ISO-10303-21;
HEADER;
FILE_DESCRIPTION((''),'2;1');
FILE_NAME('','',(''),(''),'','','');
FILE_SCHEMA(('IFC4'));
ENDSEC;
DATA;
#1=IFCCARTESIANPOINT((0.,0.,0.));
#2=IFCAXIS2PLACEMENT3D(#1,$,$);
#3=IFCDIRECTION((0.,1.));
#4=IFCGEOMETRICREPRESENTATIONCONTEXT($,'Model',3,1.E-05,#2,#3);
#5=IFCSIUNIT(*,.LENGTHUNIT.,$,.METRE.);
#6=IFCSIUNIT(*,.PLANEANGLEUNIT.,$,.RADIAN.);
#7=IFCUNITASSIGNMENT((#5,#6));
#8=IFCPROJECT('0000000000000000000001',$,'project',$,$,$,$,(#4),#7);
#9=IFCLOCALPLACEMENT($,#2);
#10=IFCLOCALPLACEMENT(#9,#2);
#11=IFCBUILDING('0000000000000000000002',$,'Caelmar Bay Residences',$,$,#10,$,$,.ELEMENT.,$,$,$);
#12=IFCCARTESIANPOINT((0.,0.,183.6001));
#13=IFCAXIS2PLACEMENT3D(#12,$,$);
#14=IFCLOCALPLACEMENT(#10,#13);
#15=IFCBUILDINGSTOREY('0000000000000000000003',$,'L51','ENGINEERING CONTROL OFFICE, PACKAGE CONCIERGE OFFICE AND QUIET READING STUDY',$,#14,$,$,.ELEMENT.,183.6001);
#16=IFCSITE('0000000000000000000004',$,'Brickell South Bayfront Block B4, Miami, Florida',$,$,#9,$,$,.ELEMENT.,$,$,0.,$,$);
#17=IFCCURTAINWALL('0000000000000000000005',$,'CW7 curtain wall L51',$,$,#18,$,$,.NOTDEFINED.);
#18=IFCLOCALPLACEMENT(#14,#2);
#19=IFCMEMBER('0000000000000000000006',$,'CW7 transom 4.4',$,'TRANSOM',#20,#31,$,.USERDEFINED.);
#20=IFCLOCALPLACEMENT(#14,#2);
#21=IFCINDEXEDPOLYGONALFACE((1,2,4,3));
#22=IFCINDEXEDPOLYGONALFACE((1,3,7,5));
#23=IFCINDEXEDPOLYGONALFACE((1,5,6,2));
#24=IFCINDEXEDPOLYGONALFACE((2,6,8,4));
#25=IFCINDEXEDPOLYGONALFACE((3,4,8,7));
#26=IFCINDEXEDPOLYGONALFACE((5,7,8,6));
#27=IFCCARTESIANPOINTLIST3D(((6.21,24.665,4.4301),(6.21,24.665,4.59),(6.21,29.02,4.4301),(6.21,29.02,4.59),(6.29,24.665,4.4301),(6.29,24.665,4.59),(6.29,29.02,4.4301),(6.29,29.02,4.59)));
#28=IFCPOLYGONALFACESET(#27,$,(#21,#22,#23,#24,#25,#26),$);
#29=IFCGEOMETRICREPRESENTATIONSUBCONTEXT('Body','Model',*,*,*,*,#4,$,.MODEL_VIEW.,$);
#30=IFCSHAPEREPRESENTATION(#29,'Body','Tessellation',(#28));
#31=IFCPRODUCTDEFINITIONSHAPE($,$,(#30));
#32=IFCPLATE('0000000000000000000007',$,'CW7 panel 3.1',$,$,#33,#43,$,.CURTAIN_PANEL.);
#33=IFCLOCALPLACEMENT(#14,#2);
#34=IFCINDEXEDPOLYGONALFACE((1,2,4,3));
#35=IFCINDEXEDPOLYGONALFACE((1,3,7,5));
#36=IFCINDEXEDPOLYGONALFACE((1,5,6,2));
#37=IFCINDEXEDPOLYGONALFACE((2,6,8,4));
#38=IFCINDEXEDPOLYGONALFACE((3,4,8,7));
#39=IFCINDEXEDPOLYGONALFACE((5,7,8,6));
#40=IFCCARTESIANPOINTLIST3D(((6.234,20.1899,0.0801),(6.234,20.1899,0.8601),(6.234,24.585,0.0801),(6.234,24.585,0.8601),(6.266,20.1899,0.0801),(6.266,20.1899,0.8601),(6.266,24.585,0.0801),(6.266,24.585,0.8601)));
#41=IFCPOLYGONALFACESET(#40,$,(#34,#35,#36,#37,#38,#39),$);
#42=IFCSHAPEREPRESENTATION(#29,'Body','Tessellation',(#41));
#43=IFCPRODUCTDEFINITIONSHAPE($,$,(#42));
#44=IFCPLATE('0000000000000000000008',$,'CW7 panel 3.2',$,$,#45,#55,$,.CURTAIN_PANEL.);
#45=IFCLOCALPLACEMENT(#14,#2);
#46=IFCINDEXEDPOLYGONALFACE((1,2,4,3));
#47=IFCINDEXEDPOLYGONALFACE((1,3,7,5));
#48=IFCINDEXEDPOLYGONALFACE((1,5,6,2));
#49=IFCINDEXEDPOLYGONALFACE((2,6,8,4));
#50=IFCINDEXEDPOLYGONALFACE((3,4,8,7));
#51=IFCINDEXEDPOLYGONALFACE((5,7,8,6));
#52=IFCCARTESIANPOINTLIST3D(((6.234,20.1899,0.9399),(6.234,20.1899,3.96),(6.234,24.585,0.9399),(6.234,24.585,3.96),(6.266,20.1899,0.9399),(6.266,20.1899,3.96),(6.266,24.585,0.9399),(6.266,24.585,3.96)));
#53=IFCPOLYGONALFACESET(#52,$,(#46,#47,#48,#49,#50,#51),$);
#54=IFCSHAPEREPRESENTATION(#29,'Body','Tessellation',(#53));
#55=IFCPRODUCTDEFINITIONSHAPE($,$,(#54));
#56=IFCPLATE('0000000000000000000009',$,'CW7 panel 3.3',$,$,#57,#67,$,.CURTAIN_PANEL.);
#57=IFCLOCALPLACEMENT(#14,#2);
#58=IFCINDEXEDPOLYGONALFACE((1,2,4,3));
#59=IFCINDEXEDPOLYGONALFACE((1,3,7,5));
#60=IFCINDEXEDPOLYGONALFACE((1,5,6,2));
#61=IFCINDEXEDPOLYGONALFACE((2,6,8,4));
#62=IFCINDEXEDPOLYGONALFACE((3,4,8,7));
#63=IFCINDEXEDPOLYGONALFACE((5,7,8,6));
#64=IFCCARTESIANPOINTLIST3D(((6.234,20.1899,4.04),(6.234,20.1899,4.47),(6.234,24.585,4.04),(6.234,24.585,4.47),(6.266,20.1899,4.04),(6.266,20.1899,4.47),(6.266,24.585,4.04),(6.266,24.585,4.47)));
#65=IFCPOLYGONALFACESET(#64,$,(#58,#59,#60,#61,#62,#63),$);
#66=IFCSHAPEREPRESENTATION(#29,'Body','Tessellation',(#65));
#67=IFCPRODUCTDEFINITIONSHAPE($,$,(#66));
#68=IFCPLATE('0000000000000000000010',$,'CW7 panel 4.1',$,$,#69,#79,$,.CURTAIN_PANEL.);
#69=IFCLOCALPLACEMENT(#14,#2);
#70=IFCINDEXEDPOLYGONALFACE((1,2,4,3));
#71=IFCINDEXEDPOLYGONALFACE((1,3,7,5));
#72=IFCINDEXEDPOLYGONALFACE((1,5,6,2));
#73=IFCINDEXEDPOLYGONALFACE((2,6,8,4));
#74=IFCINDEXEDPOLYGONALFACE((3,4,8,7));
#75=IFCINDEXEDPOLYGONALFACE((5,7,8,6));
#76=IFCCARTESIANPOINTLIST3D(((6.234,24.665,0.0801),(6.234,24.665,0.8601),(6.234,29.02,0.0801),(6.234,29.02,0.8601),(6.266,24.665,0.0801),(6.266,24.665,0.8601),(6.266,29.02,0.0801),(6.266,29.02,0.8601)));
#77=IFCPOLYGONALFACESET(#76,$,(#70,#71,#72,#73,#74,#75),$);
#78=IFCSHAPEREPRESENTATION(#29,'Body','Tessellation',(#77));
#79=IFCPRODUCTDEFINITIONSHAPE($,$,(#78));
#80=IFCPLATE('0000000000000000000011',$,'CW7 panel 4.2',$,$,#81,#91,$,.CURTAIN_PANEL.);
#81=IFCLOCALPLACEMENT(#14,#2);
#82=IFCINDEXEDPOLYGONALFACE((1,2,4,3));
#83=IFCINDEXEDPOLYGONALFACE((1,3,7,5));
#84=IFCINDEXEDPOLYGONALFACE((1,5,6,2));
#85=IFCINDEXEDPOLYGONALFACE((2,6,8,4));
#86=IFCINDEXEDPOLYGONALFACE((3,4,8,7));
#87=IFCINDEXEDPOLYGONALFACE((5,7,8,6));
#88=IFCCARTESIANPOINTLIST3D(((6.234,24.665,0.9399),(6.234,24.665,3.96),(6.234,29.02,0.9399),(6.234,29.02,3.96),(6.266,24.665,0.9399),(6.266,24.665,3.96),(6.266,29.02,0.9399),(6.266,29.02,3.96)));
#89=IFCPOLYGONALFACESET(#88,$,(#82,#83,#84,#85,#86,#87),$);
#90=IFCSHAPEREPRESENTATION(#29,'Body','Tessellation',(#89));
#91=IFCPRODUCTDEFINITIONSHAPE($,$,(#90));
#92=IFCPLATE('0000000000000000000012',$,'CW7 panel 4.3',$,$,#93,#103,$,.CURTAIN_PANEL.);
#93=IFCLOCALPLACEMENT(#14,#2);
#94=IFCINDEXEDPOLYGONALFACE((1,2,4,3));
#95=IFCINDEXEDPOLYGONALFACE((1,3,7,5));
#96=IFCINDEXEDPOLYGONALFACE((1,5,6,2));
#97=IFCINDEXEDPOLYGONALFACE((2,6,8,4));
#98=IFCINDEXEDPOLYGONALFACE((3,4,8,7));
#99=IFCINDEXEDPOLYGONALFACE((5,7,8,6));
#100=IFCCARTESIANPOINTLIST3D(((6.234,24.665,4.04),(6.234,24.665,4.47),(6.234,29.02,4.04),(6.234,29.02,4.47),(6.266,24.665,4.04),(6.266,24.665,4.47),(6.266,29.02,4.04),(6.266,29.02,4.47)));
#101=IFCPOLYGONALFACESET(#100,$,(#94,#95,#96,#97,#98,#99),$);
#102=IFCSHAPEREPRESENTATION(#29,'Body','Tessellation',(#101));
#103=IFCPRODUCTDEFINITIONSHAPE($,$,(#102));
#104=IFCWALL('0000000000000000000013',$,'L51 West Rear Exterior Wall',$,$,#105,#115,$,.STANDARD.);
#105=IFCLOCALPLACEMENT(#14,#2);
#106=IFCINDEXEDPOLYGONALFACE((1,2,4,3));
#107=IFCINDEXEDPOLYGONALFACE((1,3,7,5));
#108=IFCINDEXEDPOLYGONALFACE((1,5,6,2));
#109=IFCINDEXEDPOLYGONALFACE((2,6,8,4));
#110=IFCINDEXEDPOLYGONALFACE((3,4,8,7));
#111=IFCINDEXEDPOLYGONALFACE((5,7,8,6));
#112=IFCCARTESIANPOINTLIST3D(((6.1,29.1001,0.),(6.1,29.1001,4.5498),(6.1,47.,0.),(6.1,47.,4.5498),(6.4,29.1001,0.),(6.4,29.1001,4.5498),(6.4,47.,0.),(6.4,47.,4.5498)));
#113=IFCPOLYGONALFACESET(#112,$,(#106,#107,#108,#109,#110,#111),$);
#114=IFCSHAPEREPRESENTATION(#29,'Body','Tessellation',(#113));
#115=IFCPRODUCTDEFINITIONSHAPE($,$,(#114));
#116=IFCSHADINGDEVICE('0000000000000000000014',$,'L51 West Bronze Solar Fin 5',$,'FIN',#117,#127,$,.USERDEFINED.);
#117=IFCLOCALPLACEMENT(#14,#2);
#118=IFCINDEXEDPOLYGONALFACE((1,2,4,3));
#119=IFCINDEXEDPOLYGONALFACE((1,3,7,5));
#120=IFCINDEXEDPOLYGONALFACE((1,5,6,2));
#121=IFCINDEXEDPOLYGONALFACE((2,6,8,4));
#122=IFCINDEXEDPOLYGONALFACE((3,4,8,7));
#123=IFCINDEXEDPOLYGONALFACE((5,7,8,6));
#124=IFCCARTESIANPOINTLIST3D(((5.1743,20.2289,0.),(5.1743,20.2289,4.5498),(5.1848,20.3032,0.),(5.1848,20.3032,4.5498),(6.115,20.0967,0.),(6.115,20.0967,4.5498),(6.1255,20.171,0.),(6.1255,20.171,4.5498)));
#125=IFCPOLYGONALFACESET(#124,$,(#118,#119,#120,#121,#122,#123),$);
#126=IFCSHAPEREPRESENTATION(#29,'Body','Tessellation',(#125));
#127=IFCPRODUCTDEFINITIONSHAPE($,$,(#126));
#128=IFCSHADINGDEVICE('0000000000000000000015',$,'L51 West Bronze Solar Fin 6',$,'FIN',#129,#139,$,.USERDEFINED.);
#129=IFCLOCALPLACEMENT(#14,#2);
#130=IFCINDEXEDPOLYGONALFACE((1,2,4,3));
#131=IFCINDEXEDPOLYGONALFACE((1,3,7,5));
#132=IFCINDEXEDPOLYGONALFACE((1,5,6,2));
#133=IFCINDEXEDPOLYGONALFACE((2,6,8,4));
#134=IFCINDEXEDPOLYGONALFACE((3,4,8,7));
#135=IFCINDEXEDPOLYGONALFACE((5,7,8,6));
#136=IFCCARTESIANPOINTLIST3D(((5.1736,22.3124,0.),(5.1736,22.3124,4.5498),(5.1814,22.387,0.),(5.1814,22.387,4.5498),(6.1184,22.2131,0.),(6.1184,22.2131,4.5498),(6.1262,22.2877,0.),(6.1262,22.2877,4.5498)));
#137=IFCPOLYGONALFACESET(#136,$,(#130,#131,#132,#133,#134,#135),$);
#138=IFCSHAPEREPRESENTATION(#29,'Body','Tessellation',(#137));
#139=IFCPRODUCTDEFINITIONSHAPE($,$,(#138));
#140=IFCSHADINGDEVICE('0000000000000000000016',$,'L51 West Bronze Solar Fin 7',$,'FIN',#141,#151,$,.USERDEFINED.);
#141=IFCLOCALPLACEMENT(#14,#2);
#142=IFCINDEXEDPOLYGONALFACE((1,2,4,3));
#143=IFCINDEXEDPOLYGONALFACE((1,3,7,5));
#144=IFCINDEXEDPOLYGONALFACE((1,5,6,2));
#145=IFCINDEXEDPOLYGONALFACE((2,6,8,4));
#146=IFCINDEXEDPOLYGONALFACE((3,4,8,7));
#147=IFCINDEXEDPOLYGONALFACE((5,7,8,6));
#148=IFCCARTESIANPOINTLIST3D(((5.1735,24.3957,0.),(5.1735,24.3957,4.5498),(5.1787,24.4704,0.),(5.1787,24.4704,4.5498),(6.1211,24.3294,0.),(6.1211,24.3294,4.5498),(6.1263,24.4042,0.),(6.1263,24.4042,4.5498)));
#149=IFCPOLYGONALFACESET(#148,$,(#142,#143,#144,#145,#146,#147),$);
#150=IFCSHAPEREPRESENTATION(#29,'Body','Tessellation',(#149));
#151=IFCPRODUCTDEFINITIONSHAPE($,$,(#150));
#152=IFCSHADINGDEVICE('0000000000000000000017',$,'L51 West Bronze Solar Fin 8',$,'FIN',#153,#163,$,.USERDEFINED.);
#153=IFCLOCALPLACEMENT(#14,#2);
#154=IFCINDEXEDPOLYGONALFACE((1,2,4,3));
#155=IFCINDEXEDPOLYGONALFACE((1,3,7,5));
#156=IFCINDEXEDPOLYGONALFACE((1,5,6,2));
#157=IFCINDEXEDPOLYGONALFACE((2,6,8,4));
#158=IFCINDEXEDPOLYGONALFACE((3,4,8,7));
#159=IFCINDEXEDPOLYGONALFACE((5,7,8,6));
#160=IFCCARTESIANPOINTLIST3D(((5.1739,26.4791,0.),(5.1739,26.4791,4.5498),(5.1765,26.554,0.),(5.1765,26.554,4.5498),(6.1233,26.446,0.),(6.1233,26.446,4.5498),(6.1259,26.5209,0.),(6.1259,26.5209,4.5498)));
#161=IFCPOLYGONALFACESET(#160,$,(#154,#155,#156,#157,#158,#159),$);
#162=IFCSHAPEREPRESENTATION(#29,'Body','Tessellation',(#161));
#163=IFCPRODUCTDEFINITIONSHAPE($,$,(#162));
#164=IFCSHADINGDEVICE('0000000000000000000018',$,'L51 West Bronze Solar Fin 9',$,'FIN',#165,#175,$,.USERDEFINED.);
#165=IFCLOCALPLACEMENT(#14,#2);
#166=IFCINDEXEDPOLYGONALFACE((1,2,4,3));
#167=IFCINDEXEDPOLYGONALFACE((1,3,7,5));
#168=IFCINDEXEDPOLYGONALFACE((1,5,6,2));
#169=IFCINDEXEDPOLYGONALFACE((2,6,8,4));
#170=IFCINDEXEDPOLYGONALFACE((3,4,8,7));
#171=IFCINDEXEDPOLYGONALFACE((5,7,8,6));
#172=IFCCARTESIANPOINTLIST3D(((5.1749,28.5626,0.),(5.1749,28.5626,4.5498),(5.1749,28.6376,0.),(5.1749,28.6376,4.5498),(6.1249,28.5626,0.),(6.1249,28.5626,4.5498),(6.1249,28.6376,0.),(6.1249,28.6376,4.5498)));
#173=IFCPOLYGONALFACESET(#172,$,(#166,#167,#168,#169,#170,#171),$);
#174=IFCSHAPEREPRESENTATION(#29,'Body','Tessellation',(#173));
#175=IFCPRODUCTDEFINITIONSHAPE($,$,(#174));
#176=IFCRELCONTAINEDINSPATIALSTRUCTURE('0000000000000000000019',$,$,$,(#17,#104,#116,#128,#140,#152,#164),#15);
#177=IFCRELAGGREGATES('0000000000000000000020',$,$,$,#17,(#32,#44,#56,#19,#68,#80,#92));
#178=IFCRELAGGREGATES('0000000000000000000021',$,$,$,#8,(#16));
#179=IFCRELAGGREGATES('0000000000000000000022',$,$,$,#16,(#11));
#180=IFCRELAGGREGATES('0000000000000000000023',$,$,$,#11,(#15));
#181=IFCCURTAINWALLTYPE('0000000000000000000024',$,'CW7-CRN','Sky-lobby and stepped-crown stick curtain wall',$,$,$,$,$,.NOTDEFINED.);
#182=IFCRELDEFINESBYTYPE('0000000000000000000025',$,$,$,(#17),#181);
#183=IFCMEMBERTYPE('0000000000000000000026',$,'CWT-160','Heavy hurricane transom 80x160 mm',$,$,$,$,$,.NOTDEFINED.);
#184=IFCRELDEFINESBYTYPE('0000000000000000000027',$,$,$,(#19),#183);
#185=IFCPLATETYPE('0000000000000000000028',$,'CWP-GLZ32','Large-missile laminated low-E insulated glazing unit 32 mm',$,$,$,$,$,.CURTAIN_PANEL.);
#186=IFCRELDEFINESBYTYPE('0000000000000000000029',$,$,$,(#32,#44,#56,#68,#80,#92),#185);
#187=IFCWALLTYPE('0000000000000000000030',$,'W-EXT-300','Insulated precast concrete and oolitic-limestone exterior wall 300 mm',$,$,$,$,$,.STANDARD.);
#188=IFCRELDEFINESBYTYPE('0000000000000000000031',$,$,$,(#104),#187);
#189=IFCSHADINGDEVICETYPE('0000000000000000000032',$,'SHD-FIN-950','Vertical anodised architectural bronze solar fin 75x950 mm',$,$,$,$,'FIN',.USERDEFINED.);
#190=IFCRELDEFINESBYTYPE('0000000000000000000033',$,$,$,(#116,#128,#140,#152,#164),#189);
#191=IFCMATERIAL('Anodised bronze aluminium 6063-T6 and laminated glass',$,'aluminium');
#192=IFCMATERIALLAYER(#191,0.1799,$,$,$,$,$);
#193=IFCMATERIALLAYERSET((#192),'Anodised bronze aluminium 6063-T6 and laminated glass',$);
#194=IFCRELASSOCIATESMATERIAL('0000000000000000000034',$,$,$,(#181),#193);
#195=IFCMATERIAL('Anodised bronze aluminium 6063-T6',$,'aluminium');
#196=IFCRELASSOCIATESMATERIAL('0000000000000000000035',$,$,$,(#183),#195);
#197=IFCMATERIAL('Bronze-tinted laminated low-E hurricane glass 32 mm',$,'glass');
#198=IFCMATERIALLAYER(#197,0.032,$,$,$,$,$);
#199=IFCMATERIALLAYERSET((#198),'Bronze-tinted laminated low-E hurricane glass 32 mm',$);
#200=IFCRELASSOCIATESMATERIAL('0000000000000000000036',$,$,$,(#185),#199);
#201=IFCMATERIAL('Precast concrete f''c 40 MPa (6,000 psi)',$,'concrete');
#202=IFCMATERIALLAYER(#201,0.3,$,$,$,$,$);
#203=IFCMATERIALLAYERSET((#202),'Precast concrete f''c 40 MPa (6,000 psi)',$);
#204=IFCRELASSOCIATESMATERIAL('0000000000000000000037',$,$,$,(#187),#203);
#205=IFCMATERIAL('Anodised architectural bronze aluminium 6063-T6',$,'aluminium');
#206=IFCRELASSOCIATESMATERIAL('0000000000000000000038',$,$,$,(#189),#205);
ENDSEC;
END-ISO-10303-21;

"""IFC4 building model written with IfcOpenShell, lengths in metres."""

from ifc_helpers import new_model, si_unit, direction, frame, frame_2d, origin, origin_2d, place, context, subcontext, project, spatial, rectangle, extrude, material, layer, layer_set, material_profile, profile_set, type_object, element, aggregate, save


model = new_model("IFC4")

# Units and contexts
model_context = context("Model", 3, precision=1e-05, world=origin(), true_north=direction((0.0, 1.0)))
body_context = subcontext(model_context, "Body", "Model", "MODEL_VIEW")
ifc_project = project(units=[si_unit("LENGTHUNIT", "METRE"), si_unit("PLANEANGLEUNIT", "RADIAN")], contexts=[model_context])

# Site, building, storey
site_placement = place(None, origin())
site = spatial("IfcSite", under=ifc_project, at=site_placement, Name="Brickell South Bayfront Block B4, Miami, Florida", CompositionType="ELEMENT", RefElevation=0.0)
building_placement = place(site_placement, origin())
building = spatial("IfcBuilding", under=site, at=building_placement, Name="Caelmar Bay Residences", CompositionType="ELEMENT")
storey_placement = place(building_placement, frame((0.0, 0.0, 183.6001)))
storey = spatial("IfcBuildingStorey", under=building, at=storey_placement, Name="L51", Description="ENGINEERING CONTROL OFFICE, PACKAGE CONCIERGE OFFICE AND QUIET READING STUDY", CompositionType="ELEMENT", Elevation=183.6001)

# Curtain wall, member, plates
ifc_material_1 = material(Name="Anodised bronze aluminium 6063-T6 and laminated glass", Category="aluminium")
ifc_layer_1 = layer(ifc_material_1, 0.1799)
ifc_layer_set_1 = layer_set([ifc_layer_1], Name="Anodised bronze aluminium 6063-T6 and laminated glass")
curtain_wall_type = type_object("IfcCurtainWallType", Name="CW7-CRN", Description="Sky-lobby and stepped-crown stick curtain wall", PredefinedType="NOTDEFINED", material=ifc_layer_set_1)
curtain_wall_placement = place(storey_placement, origin())
curtain_wall = element("IfcCurtainWall", 1, at=curtain_wall_placement, inside=storey, type_object=curtain_wall_type, Name="CW7 curtain wall L51", PredefinedType="NOTDEFINED")
ifc_material_2 = material(Name="Anodised bronze aluminium 6063-T6", Category="aluminium")
ifc_material_profile_1 = material_profile(ifc_material_2, rectangle(XDim=0.0801, YDim=0.1599, at=origin_2d()), Name="CWT-80X160")
ifc_profile_set_1 = profile_set([ifc_material_profile_1], Name="Anodised bronze aluminium 6063-T6")
member_type_1 = type_object("IfcMemberType", Name="CWT-160", Description="Heavy hurricane transom 80x160 mm", PredefinedType="NOTDEFINED", material=ifc_profile_set_1)
member_1_placement = place(storey_placement, frame((6.25, 24.665, 4.51), z_axis=(0.0, 1.0, 0.0), x_axis=(-1.0, 0.0, 0.0)))
member_1 = element("IfcMember", 2, at=member_1_placement, type_object=member_type_1, Name="CW7 transom 4.4", ObjectType="TRANSOM", PredefinedType="USERDEFINED", context=body_context, shape_type="SweptSolid", body=[
    extrude(rectangle(XDim=0.0801, YDim=0.1599, at=origin_2d()), origin(), (0.0, 0.0, 1.0), 4.355),
])
ifc_material_3 = material(Name="Bronze-tinted laminated low-E hurricane glass 32 mm", Category="glass")
ifc_layer_2 = layer(ifc_material_3, 0.032)
ifc_layer_set_2 = layer_set([ifc_layer_2], Name="Bronze-tinted laminated low-E hurricane glass 32 mm")
plate_type = type_object("IfcPlateType", Name="CWP-GLZ32", Description="Large-missile laminated low-E insulated glazing unit 32 mm", PredefinedType="CURTAIN_PANEL", material=ifc_layer_set_2)
plate_1_placement = place(storey_placement, frame((6.25, 22.3875, 0.0801), z_axis=(0.0, 0.0, 1.0), x_axis=(0.0, 1.0, 0.0)))
plate_1 = element("IfcPlate", 3, at=plate_1_placement, type_object=plate_type, Name="CW7 panel 3.1", PredefinedType="CURTAIN_PANEL", context=body_context, shape_type="SweptSolid", body=[
    extrude(rectangle(XDim=4.395, YDim=0.032, at=origin_2d()), origin(), (0.0, 0.0, 1.0), 0.78),
])
plate_2_placement = place(storey_placement, frame((6.25, 22.3875, 0.9399), z_axis=(0.0, 0.0, 1.0), x_axis=(0.0, 1.0, 0.0)))
plate_2 = element("IfcPlate", 4, at=plate_2_placement, type_object=plate_type, Name="CW7 panel 3.2", PredefinedType="CURTAIN_PANEL", context=body_context, shape_type="SweptSolid", body=[
    extrude(rectangle(XDim=4.395, YDim=0.032, at=origin_2d()), origin(), (0.0, 0.0, 1.0), 3.02),
])
plate_3_placement = place(storey_placement, frame((6.25, 22.3875, 4.04), z_axis=(0.0, 0.0, 1.0), x_axis=(0.0, 1.0, 0.0)))
plate_3 = element("IfcPlate", 5, at=plate_3_placement, type_object=plate_type, Name="CW7 panel 3.3", PredefinedType="CURTAIN_PANEL", context=body_context, shape_type="SweptSolid", body=[
    extrude(rectangle(XDim=4.395, YDim=0.032, at=origin_2d()), origin(), (0.0, 0.0, 1.0), 0.4299),
])
plate_4_placement = place(storey_placement, frame((6.25, 26.8425, 0.0801), z_axis=(0.0, 0.0, 1.0), x_axis=(0.0, 1.0, 0.0)))
plate_4 = element("IfcPlate", 6, at=plate_4_placement, type_object=plate_type, Name="CW7 panel 4.1", PredefinedType="CURTAIN_PANEL", context=body_context, shape_type="SweptSolid", body=[
    extrude(rectangle(XDim=4.355, YDim=0.032, at=origin_2d()), origin(), (0.0, 0.0, 1.0), 0.78),
])
plate_5_placement = place(storey_placement, frame((6.25, 26.8425, 0.9399), z_axis=(0.0, 0.0, 1.0), x_axis=(0.0, 1.0, 0.0)))
plate_5 = element("IfcPlate", 7, at=plate_5_placement, type_object=plate_type, Name="CW7 panel 4.2", PredefinedType="CURTAIN_PANEL", context=body_context, shape_type="SweptSolid", body=[
    extrude(rectangle(XDim=4.355, YDim=0.032, at=origin_2d()), origin(), (0.0, 0.0, 1.0), 3.02),
])
plate_6_placement = place(storey_placement, frame((6.25, 26.8425, 4.04), z_axis=(0.0, 0.0, 1.0), x_axis=(0.0, 1.0, 0.0)))
plate_6 = element("IfcPlate", 8, at=plate_6_placement, type_object=plate_type, Name="CW7 panel 4.3", PredefinedType="CURTAIN_PANEL", context=body_context, shape_type="SweptSolid", body=[
    extrude(rectangle(XDim=4.355, YDim=0.032, at=origin_2d()), origin(), (0.0, 0.0, 1.0), 0.4299),
])
aggregate(curtain_wall, [plate_1, plate_2, plate_3, member_1, plate_4, plate_5, plate_6])

# Wall
ifc_material_4 = material(Name="Precast concrete f'c 40 MPa (6,000 psi)", Category="concrete")
ifc_layer_3 = layer(ifc_material_4, 0.3)
ifc_layer_set_3 = layer_set([ifc_layer_3], Name="Precast concrete f'c 40 MPa (6,000 psi)")
wall_type = type_object("IfcWallType", Name="W-EXT-300", Description="Insulated precast concrete and oolitic-limestone exterior wall 300 mm", PredefinedType="STANDARD", material=ifc_layer_set_3)
wall_placement = place(storey_placement, frame((6.25, 29.1001, 0.0), z_axis=(0.0, 0.0, 1.0), x_axis=(0.0, 1.0, 0.0)))
element("IfcWall", 9, at=wall_placement, inside=storey, type_object=wall_type, Name="L51 West Rear Exterior Wall", PredefinedType="STANDARD", context=body_context, shape_type="SweptSolid", body=[
    extrude(rectangle(XDim=17.8999, YDim=0.3, at=frame_2d((8.95, 0.0))), origin(), (0.0, 0.0, 1.0), 4.5498),
])

# Shading devices
ifc_material_5 = material(Name="Anodised architectural bronze aluminium 6063-T6", Category="aluminium")
ifc_material_profile_2 = material_profile(ifc_material_5, rectangle(XDim=0.075, YDim=0.95, at=origin_2d()), Name="BRONZE-FIN-75X950")
ifc_profile_set_2 = profile_set([ifc_material_profile_2], Name="Anodised architectural bronze aluminium 6063-T6")
shading_device_type = type_object("IfcShadingDeviceType", Name="SHD-FIN-950", Description="Vertical anodised architectural bronze solar fin 75x950 mm", ElementType="FIN", PredefinedType="USERDEFINED", material=ifc_profile_set_2)
for number, where, z_axis, x_axis, name in (
    (10, (5.6499, 20.2, 0.0), (0.0, 0.0, 1.0), (0.139173, 0.990268, 0.0), "L51 West Bronze Solar Fin 5"),
    (11, (5.6499, 22.3, 0.0), (0.0, 0.0, 1.0), (0.104528, 0.994522, 0.0), "L51 West Bronze Solar Fin 6"),
    (12, (5.6499, 24.3999, 0.0), (0.0, 0.0, 1.0), (0.069756, 0.997564, 0.0), "L51 West Bronze Solar Fin 7"),
    (13, (5.6499, 26.5, 0.0), (0.0, 0.0, 1.0), (0.034899, 0.999391, 0.0), "L51 West Bronze Solar Fin 8"),
    (14, (5.6499, 28.6001, 0.0), (0.0, 0.0, 1.0), (0.0, 1.0, 0.0), "L51 West Bronze Solar Fin 9"),
):
    element("IfcShadingDevice", number, at=place(storey_placement, frame(where, z_axis=z_axis, x_axis=x_axis)), inside=storey, type_object=shading_device_type, Name=name, ObjectType="FIN", PredefinedType="USERDEFINED", context=body_context, shape_type="SweptSolid", body=[
        extrude(rectangle(XDim=0.075, YDim=0.95, at=origin_2d()), origin(), (0.0, 0.0, 1.0), 4.5498),
    ])

save(model, "model.ifc")
